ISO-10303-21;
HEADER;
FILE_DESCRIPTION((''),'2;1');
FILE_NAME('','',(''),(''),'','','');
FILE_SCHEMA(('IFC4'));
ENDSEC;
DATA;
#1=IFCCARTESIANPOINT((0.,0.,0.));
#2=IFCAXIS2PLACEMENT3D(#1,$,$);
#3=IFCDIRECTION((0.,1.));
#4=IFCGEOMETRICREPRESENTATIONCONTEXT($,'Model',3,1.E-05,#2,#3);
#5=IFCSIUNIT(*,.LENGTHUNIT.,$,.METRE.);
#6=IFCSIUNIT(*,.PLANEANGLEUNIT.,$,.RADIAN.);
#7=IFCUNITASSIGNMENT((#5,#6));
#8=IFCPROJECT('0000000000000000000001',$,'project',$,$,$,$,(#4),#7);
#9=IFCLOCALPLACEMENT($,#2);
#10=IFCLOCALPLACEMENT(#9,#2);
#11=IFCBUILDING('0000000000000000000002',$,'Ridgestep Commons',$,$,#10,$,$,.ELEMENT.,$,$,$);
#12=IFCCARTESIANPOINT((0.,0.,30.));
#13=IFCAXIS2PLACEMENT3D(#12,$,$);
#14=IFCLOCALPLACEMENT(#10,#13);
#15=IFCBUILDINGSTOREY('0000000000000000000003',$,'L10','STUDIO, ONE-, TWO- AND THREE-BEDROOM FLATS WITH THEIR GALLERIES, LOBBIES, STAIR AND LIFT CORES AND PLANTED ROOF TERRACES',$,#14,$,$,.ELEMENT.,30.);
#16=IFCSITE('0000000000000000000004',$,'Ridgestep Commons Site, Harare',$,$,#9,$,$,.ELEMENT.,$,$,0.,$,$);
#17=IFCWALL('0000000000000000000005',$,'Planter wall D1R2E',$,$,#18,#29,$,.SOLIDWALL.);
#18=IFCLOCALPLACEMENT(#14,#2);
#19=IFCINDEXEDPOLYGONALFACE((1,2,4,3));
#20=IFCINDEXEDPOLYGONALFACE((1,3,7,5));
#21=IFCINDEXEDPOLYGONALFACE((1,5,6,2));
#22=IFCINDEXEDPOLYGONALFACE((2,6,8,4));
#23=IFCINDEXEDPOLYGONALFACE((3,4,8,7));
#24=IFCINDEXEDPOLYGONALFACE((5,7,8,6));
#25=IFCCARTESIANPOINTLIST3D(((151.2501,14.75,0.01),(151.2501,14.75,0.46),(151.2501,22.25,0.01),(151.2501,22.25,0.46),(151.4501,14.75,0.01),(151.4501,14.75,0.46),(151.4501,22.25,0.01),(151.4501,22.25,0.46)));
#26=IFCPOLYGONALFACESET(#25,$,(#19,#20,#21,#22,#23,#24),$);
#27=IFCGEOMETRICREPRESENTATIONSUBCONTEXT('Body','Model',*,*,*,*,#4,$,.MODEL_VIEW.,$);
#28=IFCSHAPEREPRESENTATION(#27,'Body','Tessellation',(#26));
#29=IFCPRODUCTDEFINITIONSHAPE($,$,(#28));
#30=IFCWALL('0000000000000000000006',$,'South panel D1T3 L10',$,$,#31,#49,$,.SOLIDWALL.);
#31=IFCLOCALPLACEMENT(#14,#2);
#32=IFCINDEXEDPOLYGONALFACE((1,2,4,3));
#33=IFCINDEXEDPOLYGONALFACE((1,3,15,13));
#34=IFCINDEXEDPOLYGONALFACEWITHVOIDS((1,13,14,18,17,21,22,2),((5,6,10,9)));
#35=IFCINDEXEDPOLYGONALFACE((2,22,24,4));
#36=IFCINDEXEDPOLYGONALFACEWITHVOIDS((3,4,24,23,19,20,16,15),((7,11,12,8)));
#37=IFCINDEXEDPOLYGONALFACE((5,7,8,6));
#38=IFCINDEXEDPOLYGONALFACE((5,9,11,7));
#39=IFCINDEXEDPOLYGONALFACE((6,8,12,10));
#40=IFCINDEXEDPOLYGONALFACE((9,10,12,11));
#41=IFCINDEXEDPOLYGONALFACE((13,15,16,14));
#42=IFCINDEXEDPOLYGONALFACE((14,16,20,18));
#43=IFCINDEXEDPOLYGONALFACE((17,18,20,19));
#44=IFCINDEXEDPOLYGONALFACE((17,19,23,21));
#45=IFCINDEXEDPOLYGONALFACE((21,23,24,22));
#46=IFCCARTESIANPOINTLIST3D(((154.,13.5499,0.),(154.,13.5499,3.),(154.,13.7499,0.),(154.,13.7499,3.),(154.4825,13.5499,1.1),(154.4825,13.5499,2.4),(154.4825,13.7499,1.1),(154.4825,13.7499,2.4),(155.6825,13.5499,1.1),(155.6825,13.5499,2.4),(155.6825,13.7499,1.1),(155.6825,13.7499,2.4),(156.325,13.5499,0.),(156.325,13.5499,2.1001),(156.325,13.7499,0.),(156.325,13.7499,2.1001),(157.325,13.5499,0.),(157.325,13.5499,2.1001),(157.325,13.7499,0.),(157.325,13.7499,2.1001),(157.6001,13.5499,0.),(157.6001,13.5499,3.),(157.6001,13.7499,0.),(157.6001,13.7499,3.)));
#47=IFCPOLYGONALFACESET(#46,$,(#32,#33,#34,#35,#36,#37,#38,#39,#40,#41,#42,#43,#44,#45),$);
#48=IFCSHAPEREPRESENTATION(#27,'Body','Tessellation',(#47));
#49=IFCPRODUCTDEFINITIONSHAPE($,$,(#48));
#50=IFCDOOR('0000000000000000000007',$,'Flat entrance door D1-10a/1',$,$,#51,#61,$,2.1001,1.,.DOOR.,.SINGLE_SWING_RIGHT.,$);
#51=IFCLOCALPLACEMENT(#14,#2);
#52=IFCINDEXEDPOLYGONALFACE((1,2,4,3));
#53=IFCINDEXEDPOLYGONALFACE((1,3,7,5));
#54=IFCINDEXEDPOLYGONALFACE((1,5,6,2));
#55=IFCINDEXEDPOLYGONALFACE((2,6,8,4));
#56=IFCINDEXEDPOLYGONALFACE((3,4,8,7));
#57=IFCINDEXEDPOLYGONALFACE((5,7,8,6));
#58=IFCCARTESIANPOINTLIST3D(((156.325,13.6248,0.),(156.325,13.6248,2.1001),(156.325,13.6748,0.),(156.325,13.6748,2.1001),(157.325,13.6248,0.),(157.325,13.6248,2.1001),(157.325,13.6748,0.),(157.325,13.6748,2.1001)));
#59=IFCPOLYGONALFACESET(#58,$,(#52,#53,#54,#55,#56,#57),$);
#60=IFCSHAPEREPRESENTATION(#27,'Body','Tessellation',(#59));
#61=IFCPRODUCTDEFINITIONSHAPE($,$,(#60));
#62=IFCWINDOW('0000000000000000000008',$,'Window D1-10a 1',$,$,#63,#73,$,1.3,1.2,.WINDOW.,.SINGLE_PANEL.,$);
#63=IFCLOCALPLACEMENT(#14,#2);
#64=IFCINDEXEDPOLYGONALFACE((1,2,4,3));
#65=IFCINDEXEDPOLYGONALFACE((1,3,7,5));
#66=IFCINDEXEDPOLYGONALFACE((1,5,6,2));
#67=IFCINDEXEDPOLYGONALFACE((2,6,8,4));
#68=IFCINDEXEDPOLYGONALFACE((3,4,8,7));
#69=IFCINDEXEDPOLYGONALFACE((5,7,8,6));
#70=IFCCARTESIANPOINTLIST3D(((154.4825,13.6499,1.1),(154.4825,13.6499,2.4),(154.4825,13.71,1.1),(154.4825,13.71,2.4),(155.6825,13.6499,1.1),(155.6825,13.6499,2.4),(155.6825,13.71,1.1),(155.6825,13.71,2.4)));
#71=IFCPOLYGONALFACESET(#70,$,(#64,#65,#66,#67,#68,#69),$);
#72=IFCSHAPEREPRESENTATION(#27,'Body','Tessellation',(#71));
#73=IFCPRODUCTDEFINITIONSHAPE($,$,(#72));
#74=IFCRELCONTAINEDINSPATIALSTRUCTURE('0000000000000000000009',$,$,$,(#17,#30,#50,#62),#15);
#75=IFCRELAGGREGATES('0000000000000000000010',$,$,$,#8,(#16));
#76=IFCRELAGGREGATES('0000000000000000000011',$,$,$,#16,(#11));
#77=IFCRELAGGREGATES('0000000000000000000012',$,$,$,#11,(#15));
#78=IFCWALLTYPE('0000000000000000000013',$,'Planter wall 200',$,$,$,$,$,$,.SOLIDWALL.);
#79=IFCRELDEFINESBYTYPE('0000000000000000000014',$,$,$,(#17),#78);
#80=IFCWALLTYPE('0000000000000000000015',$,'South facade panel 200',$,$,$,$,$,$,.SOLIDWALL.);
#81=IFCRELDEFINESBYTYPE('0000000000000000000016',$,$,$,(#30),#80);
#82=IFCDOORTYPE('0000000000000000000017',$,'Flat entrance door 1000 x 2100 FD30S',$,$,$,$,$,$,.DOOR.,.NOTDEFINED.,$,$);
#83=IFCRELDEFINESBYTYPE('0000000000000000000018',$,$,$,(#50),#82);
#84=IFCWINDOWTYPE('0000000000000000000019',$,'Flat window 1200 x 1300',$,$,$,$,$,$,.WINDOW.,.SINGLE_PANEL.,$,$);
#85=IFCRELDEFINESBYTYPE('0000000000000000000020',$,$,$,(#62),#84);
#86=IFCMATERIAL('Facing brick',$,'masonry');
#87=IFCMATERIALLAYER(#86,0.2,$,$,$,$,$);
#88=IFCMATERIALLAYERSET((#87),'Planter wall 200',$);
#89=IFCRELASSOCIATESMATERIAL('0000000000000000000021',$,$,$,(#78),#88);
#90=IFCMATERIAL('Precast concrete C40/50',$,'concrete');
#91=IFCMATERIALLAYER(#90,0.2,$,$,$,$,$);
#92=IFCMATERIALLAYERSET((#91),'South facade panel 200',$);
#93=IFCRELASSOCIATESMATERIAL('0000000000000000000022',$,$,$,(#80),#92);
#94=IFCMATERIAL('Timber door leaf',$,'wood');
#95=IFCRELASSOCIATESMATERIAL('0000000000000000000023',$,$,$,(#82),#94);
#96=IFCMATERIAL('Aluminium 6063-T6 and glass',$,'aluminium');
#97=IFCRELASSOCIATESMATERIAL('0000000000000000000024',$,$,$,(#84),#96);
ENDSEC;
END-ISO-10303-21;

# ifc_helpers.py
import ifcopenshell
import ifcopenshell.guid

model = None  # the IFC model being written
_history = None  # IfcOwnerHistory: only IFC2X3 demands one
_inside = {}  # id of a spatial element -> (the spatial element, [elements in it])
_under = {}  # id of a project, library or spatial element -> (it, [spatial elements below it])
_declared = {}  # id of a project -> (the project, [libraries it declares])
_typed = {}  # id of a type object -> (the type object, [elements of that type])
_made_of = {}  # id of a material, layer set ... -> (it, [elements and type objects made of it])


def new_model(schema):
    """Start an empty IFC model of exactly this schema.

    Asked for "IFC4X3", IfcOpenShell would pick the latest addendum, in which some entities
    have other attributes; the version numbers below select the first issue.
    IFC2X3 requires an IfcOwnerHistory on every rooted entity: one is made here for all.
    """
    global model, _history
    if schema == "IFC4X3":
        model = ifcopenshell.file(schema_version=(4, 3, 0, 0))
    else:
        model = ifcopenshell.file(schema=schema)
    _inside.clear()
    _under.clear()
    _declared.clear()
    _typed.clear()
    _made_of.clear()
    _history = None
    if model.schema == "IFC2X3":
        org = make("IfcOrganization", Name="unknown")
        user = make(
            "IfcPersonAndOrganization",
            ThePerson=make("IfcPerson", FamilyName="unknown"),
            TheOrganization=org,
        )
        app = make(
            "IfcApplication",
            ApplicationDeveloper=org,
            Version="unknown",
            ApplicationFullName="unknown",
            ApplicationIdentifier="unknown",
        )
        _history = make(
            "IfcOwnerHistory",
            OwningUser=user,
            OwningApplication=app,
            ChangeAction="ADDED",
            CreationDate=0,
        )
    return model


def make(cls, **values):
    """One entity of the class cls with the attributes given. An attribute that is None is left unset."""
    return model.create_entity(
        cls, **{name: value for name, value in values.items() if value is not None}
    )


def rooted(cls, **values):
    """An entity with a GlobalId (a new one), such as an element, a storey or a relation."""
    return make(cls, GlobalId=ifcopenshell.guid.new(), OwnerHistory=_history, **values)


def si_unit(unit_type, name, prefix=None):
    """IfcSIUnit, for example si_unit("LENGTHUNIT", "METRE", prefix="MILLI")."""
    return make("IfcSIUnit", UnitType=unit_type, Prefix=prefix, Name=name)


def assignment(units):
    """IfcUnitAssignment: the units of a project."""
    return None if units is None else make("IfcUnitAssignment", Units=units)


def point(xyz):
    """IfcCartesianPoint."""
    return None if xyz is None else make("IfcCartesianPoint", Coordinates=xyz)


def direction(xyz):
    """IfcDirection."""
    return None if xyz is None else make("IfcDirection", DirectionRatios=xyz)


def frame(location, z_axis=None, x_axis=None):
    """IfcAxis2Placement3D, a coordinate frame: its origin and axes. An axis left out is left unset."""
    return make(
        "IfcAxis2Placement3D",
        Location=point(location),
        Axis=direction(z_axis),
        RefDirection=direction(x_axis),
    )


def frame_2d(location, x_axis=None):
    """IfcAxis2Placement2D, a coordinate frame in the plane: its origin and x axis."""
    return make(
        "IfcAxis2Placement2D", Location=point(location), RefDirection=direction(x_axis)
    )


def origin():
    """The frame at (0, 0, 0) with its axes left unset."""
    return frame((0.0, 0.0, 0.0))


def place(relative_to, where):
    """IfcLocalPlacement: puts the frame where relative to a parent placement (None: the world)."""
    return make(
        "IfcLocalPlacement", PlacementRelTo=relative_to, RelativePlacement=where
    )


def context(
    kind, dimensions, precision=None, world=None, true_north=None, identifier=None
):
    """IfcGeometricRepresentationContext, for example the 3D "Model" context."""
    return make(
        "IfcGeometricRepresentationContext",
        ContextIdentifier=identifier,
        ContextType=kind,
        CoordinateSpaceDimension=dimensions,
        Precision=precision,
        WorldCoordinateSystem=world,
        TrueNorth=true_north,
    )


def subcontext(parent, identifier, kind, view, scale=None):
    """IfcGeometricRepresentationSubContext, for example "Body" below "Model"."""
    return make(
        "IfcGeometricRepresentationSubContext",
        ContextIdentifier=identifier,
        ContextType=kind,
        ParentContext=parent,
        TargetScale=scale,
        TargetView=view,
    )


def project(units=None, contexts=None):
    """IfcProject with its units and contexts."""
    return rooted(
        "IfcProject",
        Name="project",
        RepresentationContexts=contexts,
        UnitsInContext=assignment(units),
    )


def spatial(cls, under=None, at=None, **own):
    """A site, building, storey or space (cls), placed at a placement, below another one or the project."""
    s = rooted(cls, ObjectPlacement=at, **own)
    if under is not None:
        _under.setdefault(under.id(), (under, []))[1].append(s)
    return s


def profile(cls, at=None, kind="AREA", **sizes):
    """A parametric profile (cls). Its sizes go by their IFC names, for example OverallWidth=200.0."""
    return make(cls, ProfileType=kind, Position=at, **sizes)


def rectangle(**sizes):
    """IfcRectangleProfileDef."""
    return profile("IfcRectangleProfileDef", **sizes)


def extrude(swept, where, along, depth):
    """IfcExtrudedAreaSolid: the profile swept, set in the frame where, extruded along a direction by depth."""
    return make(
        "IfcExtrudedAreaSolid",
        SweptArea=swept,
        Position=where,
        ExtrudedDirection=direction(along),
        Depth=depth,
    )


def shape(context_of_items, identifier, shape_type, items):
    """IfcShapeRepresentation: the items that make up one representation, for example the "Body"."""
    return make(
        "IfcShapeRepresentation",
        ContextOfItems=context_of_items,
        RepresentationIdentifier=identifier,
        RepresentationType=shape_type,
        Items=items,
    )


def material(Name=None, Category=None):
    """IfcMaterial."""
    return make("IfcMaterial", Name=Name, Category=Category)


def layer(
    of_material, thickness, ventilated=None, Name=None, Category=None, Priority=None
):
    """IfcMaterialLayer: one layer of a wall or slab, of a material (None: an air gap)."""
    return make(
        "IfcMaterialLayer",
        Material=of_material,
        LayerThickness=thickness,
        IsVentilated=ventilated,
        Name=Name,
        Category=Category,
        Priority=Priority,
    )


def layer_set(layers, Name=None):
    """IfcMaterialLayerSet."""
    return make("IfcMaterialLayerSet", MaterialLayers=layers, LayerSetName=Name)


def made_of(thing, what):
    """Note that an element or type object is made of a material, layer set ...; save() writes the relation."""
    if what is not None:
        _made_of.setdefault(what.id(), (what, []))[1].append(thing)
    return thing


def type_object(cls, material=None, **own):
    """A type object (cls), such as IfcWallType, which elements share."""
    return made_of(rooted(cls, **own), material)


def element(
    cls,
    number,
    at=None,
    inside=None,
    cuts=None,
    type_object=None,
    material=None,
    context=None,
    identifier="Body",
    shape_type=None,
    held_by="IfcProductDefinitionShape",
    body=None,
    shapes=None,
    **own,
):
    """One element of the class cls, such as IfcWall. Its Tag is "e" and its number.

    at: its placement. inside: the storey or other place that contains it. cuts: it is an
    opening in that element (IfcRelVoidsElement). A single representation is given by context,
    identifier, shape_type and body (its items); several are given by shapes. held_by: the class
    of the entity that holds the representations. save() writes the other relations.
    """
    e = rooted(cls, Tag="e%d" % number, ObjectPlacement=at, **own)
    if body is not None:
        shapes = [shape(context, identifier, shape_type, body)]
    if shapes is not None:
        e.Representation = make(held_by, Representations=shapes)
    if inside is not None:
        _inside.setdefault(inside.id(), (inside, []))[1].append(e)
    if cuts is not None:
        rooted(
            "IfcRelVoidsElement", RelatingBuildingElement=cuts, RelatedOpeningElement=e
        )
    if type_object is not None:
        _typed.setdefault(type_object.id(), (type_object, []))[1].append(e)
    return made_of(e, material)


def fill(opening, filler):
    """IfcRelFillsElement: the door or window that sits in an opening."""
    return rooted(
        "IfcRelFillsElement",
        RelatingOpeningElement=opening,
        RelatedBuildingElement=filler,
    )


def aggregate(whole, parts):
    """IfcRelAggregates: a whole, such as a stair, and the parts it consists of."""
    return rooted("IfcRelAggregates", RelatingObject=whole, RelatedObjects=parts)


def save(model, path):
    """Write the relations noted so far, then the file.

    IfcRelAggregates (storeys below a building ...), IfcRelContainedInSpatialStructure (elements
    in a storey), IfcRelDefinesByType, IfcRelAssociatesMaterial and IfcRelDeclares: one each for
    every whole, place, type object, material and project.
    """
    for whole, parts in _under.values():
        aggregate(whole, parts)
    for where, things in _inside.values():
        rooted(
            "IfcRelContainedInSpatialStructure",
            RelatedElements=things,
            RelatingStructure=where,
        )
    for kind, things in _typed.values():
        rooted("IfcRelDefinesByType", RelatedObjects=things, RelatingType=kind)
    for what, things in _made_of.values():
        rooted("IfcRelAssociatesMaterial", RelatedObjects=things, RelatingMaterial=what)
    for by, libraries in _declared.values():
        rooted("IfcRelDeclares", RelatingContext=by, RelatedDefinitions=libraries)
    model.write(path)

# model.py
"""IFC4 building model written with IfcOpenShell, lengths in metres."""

from ifc_helpers import new_model, si_unit, direction, frame, frame_2d, origin, place, context, subcontext, project, spatial, rectangle, extrude, material, layer, layer_set, type_object, element, fill, save


model = new_model("IFC4")

# Units and contexts
model_context = context("Model", 3, precision=1e-05, world=origin(), true_north=direction((0.0, 1.0)))
body_context = subcontext(model_context, "Body", "Model", "MODEL_VIEW")
ifc_project = project(units=[si_unit("LENGTHUNIT", "METRE"), si_unit("PLANEANGLEUNIT", "RADIAN")], contexts=[model_context])

# Site, building, storey
site_placement = place(None, origin())
site = spatial("IfcSite", under=ifc_project, at=site_placement, Name="Ridgestep Commons Site, Harare", CompositionType="ELEMENT", RefElevation=0.0)
building_placement = place(site_placement, origin())
building = spatial("IfcBuilding", under=site, at=building_placement, Name="Ridgestep Commons", CompositionType="ELEMENT")
storey_placement = place(building_placement, frame((0.0, 0.0, 30.0)))
storey = spatial("IfcBuildingStorey", under=building, at=storey_placement, Name="L10", Description="STUDIO, ONE-, TWO- AND THREE-BEDROOM FLATS WITH THEIR GALLERIES, LOBBIES, STAIR AND LIFT CORES AND PLANTED ROOF TERRACES", CompositionType="ELEMENT", Elevation=30.0)

# Wall
ifc_material_1 = material(Name="Facing brick", Category="masonry")
ifc_layer_1 = layer(ifc_material_1, 0.2)
ifc_layer_set_1 = layer_set([ifc_layer_1], Name="Planter wall 200")
wall_type_1 = type_object("IfcWallType", Name="Planter wall 200", PredefinedType="SOLIDWALL", material=ifc_layer_set_1)
for number, where, z_axis, x_axis, name in (
    (1, (151.3501, 14.75, 0.01), (0.0, 0.0, 1.0), (0.0, 1.0, 0.0), "Planter wall D1R2E"),
):
    element("IfcWall", number, at=place(storey_placement, frame(where, z_axis=z_axis, x_axis=x_axis)), inside=storey, type_object=wall_type_1, Name=name, PredefinedType="SOLIDWALL", context=body_context, shape_type="SweptSolid", body=[
        extrude(rectangle(XDim=7.5, YDim=0.2, at=frame_2d((3.75, 0.0))), origin(), (0.0, 0.0, 1.0), 0.45),
    ])

# Wall, openings, door, window
ifc_material_2 = material(Name="Precast concrete C40/50", Category="concrete")
ifc_layer_2 = layer(ifc_material_2, 0.2)
ifc_layer_set_2 = layer_set([ifc_layer_2], Name="South facade panel 200")
wall_type_2 = type_object("IfcWallType", Name="South facade panel 200", PredefinedType="SOLIDWALL", material=ifc_layer_set_2)
wall_1_placement = place(storey_placement, frame((154.0, 13.6499, 0.0), z_axis=(0.0, 0.0, 1.0), x_axis=(1.0, 0.0, 0.0)))
wall_1 = element("IfcWall", 2, at=wall_1_placement, inside=storey, type_object=wall_type_2, Name="South panel D1T3 L10", PredefinedType="SOLIDWALL", context=body_context, shape_type="SweptSolid", body=[
    extrude(rectangle(XDim=3.6001, YDim=0.2, at=frame_2d((1.8, 0.0))), origin(), (0.0, 0.0, 1.0), 3.0),
])
opening_1_placement = place(wall_1_placement, frame((0.4824, 0.0, 1.1001)))
opening_1 = element("IfcOpeningElement", 3, at=opening_1_placement, cuts=wall_1, PredefinedType="OPENING", context=body_context, shape_type="SweptSolid", body=[
    extrude(rectangle(XDim=1.2, YDim=1.3, at=frame_2d((0.6001, 0.6499))), frame((0.0, 0.1099, 0.0), z_axis=(0.0, -1.0, 0.0), x_axis=(1.0, 0.0, 0.0)), (0.0, 0.0, 1.0), 0.22),
])
opening_2_placement = place(wall_1_placement, frame((2.325, 0.0, 0.0)))
opening_2 = element("IfcOpeningElement", 4, at=opening_2_placement, cuts=wall_1, PredefinedType="OPENING", context=body_context, shape_type="SweptSolid", body=[
    extrude(rectangle(XDim=1.0, YDim=2.1001, at=frame_2d((0.5, 1.05))), frame((0.0, 0.1099, 0.0), z_axis=(0.0, -1.0, 0.0), x_axis=(1.0, 0.0, 0.0)), (0.0, 0.0, 1.0), 0.22),
])
ifc_material_3 = material(Name="Timber door leaf", Category="wood")
door_type_1 = type_object("IfcDoorType", Name="Flat entrance door 1000 x 2100 FD30S", OperationType="NOTDEFINED", PredefinedType="DOOR", material=ifc_material_3)
door_1_placement = place(opening_2_placement, origin())
door_1 = element("IfcDoor", 5, at=door_1_placement, inside=storey, type_object=door_type_1, Name="Flat entrance door D1-10a/1", OperationType="SINGLE_SWING_RIGHT", OverallHeight=2.1001, OverallWidth=1.0, PredefinedType="DOOR", context=body_context, shape_type="SweptSolid", body=[
    extrude(rectangle(XDim=1.0, YDim=2.1001, at=frame_2d((0.5, 1.05))), frame((0.0, 0.0249, 0.0), z_axis=(0.0, -1.0, 0.0), x_axis=(1.0, 0.0, 0.0)), (0.0, 0.0, 1.0), 0.05),
])
fill(opening_2, door_1)
ifc_material_4 = material(Name="Aluminium 6063-T6 and glass", Category="aluminium")
window_type_1 = type_object("IfcWindowType", Name="Flat window 1200 x 1300", PartitioningType="SINGLE_PANEL", PredefinedType="WINDOW", material=ifc_material_4)
window_1_placement = place(opening_1_placement, origin())
window_1 = element("IfcWindow", 6, at=window_1_placement, inside=storey, type_object=window_type_1, Name="Window D1-10a 1", OverallHeight=1.3, OverallWidth=1.2, PartitioningType="SINGLE_PANEL", PredefinedType="WINDOW", context=body_context, shape_type="SweptSolid", body=[
    extrude(rectangle(XDim=1.2, YDim=1.3, at=frame_2d((0.6001, 0.6499))), frame((0.0, 0.0601, 0.0), z_axis=(0.0, -1.0, 0.0), x_axis=(1.0, 0.0, 0.0)), (0.0, 0.0, 1.0), 0.0601),
])
fill(opening_1, window_1)

save(model, "model.ifc")
